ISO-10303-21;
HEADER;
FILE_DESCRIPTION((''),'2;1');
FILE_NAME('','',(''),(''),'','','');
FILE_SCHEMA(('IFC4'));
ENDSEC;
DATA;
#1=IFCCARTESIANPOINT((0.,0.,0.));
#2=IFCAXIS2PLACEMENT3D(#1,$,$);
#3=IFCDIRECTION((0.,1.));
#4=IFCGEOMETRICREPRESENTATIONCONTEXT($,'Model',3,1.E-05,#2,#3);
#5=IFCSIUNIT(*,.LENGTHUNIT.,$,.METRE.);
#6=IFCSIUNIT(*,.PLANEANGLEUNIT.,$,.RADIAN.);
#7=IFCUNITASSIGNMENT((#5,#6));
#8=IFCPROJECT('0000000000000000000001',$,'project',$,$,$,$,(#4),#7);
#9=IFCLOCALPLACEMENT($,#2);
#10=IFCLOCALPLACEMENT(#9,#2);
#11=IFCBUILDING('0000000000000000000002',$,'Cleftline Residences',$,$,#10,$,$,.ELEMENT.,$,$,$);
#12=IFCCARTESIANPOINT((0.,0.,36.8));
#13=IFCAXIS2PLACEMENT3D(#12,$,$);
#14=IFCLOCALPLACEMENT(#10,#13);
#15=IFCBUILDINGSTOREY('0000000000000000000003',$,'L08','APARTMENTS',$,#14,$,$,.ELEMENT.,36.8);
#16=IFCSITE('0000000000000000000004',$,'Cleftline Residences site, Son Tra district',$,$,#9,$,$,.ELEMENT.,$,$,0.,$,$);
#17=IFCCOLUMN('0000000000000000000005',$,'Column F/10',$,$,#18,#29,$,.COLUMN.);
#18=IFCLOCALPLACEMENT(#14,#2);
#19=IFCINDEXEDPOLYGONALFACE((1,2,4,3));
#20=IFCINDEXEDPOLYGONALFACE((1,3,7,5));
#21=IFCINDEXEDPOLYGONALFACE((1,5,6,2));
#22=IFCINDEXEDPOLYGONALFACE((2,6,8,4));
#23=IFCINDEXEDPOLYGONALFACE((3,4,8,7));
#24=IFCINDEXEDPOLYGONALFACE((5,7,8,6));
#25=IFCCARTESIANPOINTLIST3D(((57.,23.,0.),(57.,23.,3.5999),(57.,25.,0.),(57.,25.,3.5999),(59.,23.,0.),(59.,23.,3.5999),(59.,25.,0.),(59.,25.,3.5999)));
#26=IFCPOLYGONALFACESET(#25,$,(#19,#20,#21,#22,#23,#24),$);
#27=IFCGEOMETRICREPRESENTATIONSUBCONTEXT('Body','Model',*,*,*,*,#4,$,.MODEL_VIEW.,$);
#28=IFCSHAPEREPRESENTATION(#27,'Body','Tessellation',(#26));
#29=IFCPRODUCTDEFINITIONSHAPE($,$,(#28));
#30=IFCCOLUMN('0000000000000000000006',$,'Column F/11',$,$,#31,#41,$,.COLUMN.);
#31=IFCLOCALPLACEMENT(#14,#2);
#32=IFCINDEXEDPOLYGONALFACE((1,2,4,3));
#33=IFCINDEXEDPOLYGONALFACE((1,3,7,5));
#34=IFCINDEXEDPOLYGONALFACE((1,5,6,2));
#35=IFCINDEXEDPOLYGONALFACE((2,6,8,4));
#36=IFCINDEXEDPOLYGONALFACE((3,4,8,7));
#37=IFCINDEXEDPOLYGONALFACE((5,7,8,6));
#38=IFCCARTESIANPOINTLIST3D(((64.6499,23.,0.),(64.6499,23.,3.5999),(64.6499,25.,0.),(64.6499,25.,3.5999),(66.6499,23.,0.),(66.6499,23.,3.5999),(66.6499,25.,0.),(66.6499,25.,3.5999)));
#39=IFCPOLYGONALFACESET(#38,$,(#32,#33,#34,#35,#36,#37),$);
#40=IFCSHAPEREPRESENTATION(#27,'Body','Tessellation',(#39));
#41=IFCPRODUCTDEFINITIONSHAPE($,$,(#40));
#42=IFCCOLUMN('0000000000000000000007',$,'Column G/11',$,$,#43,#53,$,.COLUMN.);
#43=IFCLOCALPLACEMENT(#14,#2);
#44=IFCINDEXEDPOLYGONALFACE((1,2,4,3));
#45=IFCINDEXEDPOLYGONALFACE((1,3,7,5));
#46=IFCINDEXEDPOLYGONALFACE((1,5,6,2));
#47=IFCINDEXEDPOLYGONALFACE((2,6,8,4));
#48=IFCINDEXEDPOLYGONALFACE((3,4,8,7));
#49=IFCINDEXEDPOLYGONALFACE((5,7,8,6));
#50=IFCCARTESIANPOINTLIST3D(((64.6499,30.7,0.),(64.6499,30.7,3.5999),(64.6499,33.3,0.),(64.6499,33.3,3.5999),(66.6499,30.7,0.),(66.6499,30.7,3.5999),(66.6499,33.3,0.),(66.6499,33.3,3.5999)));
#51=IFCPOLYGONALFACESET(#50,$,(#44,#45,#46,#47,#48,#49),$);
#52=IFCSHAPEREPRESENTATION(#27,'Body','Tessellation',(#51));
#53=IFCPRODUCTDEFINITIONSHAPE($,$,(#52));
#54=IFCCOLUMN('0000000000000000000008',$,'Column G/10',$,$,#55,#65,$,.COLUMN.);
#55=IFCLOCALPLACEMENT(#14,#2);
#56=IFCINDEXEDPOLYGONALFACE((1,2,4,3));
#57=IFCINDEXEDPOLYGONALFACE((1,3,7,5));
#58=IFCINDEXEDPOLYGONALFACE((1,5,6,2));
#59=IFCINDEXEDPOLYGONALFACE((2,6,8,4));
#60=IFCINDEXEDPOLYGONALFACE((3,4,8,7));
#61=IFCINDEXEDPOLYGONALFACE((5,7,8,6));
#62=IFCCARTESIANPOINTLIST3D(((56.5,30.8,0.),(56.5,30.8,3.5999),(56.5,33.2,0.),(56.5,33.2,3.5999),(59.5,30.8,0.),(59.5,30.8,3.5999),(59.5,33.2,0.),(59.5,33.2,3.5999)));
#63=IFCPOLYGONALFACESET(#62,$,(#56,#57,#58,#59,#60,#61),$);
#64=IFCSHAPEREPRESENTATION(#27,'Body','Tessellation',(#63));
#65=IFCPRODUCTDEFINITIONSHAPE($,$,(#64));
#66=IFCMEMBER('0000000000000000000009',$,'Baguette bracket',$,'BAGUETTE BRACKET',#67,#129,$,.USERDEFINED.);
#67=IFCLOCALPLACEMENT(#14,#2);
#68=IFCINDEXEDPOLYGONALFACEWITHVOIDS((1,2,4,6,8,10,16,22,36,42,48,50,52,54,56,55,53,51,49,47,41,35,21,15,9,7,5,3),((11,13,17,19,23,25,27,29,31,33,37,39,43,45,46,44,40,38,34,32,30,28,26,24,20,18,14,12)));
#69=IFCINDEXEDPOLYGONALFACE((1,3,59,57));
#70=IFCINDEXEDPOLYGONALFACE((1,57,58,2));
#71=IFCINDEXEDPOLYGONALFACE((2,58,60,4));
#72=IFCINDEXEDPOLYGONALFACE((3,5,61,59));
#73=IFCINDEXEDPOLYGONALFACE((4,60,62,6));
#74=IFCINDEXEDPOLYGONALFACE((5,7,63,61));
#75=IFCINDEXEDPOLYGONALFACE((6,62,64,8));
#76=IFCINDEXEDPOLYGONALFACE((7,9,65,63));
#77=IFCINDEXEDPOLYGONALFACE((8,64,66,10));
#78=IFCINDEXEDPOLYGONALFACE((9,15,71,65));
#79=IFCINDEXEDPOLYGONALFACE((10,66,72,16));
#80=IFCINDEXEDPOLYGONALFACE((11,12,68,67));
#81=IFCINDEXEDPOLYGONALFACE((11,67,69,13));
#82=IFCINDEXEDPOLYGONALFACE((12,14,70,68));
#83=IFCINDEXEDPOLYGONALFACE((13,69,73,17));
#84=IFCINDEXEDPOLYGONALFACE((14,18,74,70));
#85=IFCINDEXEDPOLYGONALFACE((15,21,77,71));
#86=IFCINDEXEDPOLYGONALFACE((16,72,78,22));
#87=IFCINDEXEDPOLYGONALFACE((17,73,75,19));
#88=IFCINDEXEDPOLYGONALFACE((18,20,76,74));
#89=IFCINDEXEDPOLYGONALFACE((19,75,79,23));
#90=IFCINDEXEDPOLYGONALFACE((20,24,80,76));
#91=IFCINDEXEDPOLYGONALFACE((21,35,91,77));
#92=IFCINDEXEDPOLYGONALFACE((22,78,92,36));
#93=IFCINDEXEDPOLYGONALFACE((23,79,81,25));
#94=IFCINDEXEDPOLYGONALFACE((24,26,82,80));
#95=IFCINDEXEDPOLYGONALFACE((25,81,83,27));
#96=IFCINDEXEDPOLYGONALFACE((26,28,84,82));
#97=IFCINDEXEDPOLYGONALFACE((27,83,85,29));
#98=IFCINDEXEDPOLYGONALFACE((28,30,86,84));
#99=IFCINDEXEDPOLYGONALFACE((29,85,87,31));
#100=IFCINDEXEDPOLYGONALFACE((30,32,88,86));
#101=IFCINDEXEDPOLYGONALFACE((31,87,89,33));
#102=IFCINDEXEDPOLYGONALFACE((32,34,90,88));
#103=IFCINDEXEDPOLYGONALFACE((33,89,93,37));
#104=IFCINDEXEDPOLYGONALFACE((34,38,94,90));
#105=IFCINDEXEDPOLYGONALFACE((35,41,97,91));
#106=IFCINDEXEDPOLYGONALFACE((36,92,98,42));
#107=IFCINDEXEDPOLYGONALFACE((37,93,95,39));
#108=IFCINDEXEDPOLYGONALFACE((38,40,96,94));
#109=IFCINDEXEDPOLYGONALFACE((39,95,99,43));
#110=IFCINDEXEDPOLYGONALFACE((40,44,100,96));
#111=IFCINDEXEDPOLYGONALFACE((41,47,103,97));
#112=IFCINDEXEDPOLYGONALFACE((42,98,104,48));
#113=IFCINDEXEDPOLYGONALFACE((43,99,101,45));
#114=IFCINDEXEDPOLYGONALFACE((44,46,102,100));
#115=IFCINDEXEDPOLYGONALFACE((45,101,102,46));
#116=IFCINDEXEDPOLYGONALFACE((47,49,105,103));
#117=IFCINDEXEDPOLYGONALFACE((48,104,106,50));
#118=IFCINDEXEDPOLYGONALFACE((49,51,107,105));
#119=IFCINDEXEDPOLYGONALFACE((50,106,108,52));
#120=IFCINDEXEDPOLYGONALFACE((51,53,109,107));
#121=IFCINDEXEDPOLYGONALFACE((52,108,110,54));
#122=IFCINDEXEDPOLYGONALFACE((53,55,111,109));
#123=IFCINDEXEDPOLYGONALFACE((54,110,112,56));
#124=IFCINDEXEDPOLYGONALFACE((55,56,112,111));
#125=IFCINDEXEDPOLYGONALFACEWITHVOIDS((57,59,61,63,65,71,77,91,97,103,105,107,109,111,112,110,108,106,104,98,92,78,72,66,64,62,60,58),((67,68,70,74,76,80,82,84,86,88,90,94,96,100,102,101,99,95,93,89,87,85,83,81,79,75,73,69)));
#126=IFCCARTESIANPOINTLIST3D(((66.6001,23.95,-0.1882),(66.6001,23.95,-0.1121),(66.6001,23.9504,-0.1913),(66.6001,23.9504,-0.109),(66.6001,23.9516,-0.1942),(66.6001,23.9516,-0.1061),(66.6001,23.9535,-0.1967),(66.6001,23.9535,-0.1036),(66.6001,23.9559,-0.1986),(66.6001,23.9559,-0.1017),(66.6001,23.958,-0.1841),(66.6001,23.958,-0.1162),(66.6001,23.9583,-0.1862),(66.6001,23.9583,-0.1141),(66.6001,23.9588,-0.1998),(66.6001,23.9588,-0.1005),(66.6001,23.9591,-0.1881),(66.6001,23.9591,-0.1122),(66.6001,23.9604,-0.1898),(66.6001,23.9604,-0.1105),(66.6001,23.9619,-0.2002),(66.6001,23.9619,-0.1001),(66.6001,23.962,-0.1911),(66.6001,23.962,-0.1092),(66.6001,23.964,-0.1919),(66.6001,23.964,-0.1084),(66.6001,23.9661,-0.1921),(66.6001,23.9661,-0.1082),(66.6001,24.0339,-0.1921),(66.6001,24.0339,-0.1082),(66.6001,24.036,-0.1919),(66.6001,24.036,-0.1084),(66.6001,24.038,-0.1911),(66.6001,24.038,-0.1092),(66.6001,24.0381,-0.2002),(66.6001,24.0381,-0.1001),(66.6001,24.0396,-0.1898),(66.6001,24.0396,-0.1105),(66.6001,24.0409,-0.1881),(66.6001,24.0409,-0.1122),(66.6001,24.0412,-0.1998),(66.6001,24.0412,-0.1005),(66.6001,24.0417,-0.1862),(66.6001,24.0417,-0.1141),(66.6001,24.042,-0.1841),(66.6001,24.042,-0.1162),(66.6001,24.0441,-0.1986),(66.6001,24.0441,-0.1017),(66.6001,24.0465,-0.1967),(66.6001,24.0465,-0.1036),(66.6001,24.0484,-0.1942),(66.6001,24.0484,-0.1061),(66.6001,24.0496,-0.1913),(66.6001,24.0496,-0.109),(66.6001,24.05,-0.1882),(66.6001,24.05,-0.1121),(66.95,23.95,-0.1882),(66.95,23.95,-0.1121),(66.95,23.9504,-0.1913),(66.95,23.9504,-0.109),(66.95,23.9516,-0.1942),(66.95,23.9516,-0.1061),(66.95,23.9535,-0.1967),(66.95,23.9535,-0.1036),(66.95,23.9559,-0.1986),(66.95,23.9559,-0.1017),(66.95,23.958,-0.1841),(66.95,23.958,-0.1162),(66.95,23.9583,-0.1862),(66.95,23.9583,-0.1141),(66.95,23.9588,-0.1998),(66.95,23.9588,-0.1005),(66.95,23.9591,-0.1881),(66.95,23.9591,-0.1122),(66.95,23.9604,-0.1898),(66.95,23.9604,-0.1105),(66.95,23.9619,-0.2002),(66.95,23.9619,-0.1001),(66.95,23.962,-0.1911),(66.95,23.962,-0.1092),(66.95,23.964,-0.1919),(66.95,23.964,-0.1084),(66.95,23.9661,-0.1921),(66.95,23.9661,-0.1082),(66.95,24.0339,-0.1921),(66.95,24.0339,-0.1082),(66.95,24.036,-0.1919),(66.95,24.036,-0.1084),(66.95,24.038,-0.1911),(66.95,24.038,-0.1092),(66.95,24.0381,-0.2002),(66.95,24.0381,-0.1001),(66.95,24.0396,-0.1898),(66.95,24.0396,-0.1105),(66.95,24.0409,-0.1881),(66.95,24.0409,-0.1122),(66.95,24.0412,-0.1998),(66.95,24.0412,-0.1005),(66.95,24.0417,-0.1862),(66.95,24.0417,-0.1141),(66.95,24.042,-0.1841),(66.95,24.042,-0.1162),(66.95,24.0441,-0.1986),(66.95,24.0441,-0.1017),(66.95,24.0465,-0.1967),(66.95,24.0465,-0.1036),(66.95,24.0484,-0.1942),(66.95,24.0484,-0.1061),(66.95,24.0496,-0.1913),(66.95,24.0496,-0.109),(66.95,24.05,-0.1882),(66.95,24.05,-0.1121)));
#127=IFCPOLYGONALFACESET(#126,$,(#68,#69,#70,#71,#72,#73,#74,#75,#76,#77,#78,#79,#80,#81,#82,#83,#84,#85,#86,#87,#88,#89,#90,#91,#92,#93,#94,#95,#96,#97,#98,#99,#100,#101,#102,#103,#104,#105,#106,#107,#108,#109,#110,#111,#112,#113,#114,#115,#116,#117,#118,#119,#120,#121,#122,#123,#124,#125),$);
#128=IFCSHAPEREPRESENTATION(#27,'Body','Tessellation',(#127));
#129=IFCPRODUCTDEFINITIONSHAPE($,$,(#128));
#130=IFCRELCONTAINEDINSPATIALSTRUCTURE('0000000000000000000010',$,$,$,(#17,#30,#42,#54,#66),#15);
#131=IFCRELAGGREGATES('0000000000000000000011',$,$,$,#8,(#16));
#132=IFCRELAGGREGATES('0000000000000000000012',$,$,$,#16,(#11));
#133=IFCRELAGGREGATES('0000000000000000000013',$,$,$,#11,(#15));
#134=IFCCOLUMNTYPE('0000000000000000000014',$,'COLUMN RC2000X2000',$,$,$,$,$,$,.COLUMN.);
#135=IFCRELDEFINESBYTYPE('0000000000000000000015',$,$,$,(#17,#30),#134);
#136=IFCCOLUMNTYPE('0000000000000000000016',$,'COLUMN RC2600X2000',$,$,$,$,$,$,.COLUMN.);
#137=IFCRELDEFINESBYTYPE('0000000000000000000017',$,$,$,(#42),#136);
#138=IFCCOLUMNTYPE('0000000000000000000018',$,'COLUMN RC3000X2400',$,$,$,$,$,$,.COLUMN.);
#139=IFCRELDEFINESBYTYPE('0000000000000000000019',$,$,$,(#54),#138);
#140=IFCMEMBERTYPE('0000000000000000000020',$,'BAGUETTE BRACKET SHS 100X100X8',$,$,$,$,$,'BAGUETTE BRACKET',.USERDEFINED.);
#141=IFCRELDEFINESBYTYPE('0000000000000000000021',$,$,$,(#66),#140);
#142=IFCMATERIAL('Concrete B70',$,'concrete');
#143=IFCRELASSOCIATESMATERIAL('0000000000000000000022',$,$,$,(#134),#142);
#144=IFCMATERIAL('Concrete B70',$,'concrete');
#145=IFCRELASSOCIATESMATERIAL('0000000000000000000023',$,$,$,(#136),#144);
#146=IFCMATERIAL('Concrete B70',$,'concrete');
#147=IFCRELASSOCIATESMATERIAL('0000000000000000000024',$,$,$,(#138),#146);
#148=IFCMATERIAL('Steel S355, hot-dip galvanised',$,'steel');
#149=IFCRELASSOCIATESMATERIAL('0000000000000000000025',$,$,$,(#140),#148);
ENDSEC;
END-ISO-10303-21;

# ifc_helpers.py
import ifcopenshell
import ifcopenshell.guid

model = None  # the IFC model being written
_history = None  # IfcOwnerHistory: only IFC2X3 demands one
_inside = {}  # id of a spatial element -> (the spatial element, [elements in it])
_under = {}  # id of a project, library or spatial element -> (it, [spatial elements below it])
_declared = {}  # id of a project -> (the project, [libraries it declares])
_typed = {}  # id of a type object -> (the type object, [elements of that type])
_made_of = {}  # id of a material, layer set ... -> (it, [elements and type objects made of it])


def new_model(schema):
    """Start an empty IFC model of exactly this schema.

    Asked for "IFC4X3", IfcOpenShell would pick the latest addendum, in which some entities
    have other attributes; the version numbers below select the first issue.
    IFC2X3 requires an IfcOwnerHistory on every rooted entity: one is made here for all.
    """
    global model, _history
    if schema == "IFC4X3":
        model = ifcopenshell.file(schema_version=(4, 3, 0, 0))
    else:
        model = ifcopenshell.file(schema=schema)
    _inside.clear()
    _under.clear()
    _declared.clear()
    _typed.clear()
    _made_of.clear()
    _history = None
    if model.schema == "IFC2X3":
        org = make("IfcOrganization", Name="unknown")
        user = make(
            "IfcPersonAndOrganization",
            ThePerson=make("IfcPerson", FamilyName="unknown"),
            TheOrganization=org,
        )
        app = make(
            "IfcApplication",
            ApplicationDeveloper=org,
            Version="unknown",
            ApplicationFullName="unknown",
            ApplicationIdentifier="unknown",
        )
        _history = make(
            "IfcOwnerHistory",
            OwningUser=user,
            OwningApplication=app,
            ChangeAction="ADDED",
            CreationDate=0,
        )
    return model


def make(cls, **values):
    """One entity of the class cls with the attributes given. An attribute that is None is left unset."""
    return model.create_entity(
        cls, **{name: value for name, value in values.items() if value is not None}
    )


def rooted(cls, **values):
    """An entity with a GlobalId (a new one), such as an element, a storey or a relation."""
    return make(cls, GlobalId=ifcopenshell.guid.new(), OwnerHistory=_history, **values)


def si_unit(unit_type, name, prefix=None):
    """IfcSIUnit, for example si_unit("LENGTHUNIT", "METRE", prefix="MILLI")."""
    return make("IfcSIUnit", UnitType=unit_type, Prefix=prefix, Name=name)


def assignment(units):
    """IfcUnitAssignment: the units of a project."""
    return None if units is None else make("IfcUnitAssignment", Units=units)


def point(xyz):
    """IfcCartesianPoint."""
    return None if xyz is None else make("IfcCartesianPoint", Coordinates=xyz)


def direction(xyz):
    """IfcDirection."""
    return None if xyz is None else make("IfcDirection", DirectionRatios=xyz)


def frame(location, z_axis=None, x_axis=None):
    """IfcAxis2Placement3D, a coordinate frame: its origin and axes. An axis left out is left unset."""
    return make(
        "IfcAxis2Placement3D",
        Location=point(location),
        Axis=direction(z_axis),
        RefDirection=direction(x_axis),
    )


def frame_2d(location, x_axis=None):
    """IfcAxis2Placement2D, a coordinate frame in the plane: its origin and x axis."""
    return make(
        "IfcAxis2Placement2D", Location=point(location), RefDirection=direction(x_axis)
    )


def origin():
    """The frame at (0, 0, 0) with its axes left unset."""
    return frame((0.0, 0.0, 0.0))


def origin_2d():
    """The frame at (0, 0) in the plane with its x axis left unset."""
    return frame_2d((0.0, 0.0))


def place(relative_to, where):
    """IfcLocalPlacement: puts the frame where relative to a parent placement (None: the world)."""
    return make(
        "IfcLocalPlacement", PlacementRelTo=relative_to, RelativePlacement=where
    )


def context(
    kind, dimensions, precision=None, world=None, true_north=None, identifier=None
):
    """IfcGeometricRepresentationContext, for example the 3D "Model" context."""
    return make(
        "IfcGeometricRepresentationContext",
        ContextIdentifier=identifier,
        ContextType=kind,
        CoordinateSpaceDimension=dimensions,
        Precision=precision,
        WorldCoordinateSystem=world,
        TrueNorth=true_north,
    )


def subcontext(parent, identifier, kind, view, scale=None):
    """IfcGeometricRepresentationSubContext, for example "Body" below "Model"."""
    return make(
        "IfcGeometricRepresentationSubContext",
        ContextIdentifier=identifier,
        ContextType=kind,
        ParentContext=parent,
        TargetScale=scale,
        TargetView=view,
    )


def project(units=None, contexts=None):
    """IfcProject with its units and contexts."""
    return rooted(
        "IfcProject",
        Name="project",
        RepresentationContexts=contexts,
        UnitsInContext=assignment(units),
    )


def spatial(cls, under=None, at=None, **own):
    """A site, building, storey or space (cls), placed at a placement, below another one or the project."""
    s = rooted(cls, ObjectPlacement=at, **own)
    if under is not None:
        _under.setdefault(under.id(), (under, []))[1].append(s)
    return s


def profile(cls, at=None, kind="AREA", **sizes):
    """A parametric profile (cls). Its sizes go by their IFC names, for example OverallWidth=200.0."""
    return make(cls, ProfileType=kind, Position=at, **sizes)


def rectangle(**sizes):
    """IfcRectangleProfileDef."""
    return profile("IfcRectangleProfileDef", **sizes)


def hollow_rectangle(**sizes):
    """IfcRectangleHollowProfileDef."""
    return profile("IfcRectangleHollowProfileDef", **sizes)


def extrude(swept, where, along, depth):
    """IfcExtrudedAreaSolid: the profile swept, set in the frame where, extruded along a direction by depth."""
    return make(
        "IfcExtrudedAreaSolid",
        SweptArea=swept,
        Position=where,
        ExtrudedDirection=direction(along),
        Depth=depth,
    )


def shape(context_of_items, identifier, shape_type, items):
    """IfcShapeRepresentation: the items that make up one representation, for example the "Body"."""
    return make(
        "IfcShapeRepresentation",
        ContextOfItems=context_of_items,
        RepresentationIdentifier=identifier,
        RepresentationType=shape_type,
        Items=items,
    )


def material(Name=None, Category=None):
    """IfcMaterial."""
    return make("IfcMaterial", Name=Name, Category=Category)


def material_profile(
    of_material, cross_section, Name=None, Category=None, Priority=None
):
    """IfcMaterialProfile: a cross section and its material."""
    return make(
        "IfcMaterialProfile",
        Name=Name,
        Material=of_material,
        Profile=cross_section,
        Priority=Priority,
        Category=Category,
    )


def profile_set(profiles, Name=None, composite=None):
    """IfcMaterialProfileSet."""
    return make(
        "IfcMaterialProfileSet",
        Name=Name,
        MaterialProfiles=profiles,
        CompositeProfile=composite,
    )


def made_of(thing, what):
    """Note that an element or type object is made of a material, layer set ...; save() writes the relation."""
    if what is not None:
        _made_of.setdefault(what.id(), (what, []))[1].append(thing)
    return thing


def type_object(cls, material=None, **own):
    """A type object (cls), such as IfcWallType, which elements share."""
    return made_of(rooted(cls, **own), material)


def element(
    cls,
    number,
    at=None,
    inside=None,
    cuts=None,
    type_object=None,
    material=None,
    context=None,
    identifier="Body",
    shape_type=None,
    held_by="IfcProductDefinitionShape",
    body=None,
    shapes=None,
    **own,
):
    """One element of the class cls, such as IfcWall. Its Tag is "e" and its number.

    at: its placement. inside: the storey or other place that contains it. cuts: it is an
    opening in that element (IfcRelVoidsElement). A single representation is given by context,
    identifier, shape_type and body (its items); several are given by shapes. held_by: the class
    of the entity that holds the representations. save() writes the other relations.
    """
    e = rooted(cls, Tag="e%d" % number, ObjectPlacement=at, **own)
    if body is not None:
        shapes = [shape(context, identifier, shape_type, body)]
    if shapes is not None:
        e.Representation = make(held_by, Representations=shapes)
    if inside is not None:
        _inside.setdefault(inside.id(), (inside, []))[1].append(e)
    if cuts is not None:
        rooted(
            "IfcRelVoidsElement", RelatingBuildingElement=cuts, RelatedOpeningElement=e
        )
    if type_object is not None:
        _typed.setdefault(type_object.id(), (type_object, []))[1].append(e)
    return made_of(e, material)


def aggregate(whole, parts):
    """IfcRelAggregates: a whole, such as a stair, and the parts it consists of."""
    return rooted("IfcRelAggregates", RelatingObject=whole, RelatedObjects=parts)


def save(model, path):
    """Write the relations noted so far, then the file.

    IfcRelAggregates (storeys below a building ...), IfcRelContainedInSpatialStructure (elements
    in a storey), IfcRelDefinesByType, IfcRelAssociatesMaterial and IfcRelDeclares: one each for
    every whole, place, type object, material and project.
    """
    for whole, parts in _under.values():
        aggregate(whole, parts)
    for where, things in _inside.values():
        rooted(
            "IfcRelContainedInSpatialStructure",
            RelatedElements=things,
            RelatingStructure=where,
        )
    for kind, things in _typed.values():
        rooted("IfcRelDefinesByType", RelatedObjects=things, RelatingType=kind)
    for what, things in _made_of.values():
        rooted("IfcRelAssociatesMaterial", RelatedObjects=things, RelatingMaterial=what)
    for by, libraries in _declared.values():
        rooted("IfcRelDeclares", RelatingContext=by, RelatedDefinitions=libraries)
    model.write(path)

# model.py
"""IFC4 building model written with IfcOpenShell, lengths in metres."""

from ifc_helpers import new_model, si_unit, direction, frame, origin, origin_2d, place, context, subcontext, project, spatial, rectangle, hollow_rectangle, extrude, material, material_profile, profile_set, type_object, element, save


model = new_model("IFC4")

# Units and contexts
model_context = context("Model", 3, precision=1e-05, world=origin(), true_north=direction((0.0, 1.0)))
body_context = subcontext(model_context, "Body", "Model", "MODEL_VIEW")
ifc_project = project(units=[si_unit("LENGTHUNIT", "METRE"), si_unit("PLANEANGLEUNIT", "RADIAN")], contexts=[model_context])

# Site, building, storey
site_placement = place(None, origin())
site = spatial("IfcSite", under=ifc_project, at=site_placement, Name="Cleftline Residences site, Son Tra district", CompositionType="ELEMENT", RefElevation=0.0)
building_placement = place(site_placement, origin())
building = spatial("IfcBuilding", under=site, at=building_placement, Name="Cleftline Residences", CompositionType="ELEMENT")
storey_placement = place(building_placement, frame((0.0, 0.0, 36.8)))
storey = spatial("IfcBuildingStorey", under=building, at=storey_placement, Name="L08", Description="APARTMENTS", CompositionType="ELEMENT", Elevation=36.8)

# Columns
ifc_material_1 = material(Name="Concrete B70", Category="concrete")
ifc_material_profile_1 = material_profile(ifc_material_1, rectangle(XDim=2.0, YDim=2.0, at=origin_2d()))
ifc_profile_set_1 = profile_set([ifc_material_profile_1], Name="Concrete B70")
column_type_1 = type_object("IfcColumnType", Name="COLUMN RC2000X2000", PredefinedType="COLUMN", material=ifc_profile_set_1)
for number, where, z_axis, x_axis, name in (
    (1, (58.0, 24.0, 0.0), (0.0, 0.0, 1.0), (1.0, 0.0, 0.0), "Column F/10"),
    (2, (65.6499, 24.0, 0.0), (0.0, 0.0, 1.0), (1.0, 0.0, 0.0), "Column F/11"),
):
    element("IfcColumn", number, at=place(storey_placement, frame(where, z_axis=z_axis, x_axis=x_axis)), inside=storey, type_object=column_type_1, Name=name, PredefinedType="COLUMN", context=body_context, shape_type="SweptSolid", body=[
        extrude(rectangle(XDim=2.0, YDim=2.0, at=origin_2d()), origin(), (0.0, 0.0, 1.0), 3.5999),
    ])
ifc_material_2 = material(Name="Concrete B70", Category="concrete")
ifc_material_profile_2 = material_profile(ifc_material_2, rectangle(XDim=2.6001, YDim=2.0, at=origin_2d()))
ifc_profile_set_2 = profile_set([ifc_material_profile_2], Name="Concrete B70")
column_type_2 = type_object("IfcColumnType", Name="COLUMN RC2600X2000", PredefinedType="COLUMN", material=ifc_profile_set_2)
column_1_placement = place(storey_placement, frame((65.6499, 32.0, 0.0), z_axis=(0.0, 0.0, 1.0), x_axis=(0.0, 1.0, 0.0)))
element("IfcColumn", 3, at=column_1_placement, inside=storey, type_object=column_type_2, Name="Column G/11", PredefinedType="COLUMN", context=body_context, shape_type="SweptSolid", body=[
    extrude(rectangle(XDim=2.6001, YDim=2.0, at=origin_2d()), origin(), (0.0, 0.0, 1.0), 3.5999),
])
ifc_material_3 = material(Name="Concrete B70", Category="concrete")
ifc_material_profile_3 = material_profile(ifc_material_3, rectangle(XDim=3.0, YDim=2.3999, at=origin_2d()))
ifc_profile_set_3 = profile_set([ifc_material_profile_3], Name="Concrete B70")
column_type_3 = type_object("IfcColumnType", Name="COLUMN RC3000X2400", PredefinedType="COLUMN", material=ifc_profile_set_3)
column_2_placement = place(storey_placement, frame((58.0, 32.0, 0.0), z_axis=(0.0, 0.0, 1.0), x_axis=(1.0, 0.0, 0.0)))
element("IfcColumn", 4, at=column_2_placement, inside=storey, type_object=column_type_3, Name="Column G/10", PredefinedType="COLUMN", context=body_context, shape_type="SweptSolid", body=[
    extrude(rectangle(XDim=3.0, YDim=2.3999, at=origin_2d()), origin(), (0.0, 0.0, 1.0), 3.5999),
])

# Member
ifc_material_4 = material(Name="Steel S355, hot-dip galvanised", Category="steel")
ifc_material_profile_4 = material_profile(ifc_material_4, hollow_rectangle(XDim=0.1001, YDim=0.1001, WallThickness=0.0081, InnerFilletRadius=0.0081, OuterFilletRadius=0.012, at=origin_2d()))
ifc_profile_set_4 = profile_set([ifc_material_profile_4], Name="Steel S355, hot-dip galvanised")
member_type_1 = type_object("IfcMemberType", Name="BAGUETTE BRACKET SHS 100X100X8", ElementType="BAGUETTE BRACKET", PredefinedType="USERDEFINED", material=ifc_profile_set_4)
member_1_placement = place(storey_placement, frame((66.6001, 24.0, -0.1501), z_axis=(1.0, 0.0, 0.0), x_axis=(0.0, 1.0, 0.0)))
element("IfcMember", 5, at=member_1_placement, inside=storey, type_object=member_type_1, Name="Baguette bracket", ObjectType="BAGUETTE BRACKET", PredefinedType="USERDEFINED", context=body_context, shape_type="SweptSolid", body=[
    extrude(hollow_rectangle(XDim=0.1001, YDim=0.1001, WallThickness=0.0081, InnerFilletRadius=0.0081, OuterFilletRadius=0.012, at=origin_2d()), origin(), (0.0, 0.0, 1.0), 0.3499),
])

save(model, "model.ifc")
